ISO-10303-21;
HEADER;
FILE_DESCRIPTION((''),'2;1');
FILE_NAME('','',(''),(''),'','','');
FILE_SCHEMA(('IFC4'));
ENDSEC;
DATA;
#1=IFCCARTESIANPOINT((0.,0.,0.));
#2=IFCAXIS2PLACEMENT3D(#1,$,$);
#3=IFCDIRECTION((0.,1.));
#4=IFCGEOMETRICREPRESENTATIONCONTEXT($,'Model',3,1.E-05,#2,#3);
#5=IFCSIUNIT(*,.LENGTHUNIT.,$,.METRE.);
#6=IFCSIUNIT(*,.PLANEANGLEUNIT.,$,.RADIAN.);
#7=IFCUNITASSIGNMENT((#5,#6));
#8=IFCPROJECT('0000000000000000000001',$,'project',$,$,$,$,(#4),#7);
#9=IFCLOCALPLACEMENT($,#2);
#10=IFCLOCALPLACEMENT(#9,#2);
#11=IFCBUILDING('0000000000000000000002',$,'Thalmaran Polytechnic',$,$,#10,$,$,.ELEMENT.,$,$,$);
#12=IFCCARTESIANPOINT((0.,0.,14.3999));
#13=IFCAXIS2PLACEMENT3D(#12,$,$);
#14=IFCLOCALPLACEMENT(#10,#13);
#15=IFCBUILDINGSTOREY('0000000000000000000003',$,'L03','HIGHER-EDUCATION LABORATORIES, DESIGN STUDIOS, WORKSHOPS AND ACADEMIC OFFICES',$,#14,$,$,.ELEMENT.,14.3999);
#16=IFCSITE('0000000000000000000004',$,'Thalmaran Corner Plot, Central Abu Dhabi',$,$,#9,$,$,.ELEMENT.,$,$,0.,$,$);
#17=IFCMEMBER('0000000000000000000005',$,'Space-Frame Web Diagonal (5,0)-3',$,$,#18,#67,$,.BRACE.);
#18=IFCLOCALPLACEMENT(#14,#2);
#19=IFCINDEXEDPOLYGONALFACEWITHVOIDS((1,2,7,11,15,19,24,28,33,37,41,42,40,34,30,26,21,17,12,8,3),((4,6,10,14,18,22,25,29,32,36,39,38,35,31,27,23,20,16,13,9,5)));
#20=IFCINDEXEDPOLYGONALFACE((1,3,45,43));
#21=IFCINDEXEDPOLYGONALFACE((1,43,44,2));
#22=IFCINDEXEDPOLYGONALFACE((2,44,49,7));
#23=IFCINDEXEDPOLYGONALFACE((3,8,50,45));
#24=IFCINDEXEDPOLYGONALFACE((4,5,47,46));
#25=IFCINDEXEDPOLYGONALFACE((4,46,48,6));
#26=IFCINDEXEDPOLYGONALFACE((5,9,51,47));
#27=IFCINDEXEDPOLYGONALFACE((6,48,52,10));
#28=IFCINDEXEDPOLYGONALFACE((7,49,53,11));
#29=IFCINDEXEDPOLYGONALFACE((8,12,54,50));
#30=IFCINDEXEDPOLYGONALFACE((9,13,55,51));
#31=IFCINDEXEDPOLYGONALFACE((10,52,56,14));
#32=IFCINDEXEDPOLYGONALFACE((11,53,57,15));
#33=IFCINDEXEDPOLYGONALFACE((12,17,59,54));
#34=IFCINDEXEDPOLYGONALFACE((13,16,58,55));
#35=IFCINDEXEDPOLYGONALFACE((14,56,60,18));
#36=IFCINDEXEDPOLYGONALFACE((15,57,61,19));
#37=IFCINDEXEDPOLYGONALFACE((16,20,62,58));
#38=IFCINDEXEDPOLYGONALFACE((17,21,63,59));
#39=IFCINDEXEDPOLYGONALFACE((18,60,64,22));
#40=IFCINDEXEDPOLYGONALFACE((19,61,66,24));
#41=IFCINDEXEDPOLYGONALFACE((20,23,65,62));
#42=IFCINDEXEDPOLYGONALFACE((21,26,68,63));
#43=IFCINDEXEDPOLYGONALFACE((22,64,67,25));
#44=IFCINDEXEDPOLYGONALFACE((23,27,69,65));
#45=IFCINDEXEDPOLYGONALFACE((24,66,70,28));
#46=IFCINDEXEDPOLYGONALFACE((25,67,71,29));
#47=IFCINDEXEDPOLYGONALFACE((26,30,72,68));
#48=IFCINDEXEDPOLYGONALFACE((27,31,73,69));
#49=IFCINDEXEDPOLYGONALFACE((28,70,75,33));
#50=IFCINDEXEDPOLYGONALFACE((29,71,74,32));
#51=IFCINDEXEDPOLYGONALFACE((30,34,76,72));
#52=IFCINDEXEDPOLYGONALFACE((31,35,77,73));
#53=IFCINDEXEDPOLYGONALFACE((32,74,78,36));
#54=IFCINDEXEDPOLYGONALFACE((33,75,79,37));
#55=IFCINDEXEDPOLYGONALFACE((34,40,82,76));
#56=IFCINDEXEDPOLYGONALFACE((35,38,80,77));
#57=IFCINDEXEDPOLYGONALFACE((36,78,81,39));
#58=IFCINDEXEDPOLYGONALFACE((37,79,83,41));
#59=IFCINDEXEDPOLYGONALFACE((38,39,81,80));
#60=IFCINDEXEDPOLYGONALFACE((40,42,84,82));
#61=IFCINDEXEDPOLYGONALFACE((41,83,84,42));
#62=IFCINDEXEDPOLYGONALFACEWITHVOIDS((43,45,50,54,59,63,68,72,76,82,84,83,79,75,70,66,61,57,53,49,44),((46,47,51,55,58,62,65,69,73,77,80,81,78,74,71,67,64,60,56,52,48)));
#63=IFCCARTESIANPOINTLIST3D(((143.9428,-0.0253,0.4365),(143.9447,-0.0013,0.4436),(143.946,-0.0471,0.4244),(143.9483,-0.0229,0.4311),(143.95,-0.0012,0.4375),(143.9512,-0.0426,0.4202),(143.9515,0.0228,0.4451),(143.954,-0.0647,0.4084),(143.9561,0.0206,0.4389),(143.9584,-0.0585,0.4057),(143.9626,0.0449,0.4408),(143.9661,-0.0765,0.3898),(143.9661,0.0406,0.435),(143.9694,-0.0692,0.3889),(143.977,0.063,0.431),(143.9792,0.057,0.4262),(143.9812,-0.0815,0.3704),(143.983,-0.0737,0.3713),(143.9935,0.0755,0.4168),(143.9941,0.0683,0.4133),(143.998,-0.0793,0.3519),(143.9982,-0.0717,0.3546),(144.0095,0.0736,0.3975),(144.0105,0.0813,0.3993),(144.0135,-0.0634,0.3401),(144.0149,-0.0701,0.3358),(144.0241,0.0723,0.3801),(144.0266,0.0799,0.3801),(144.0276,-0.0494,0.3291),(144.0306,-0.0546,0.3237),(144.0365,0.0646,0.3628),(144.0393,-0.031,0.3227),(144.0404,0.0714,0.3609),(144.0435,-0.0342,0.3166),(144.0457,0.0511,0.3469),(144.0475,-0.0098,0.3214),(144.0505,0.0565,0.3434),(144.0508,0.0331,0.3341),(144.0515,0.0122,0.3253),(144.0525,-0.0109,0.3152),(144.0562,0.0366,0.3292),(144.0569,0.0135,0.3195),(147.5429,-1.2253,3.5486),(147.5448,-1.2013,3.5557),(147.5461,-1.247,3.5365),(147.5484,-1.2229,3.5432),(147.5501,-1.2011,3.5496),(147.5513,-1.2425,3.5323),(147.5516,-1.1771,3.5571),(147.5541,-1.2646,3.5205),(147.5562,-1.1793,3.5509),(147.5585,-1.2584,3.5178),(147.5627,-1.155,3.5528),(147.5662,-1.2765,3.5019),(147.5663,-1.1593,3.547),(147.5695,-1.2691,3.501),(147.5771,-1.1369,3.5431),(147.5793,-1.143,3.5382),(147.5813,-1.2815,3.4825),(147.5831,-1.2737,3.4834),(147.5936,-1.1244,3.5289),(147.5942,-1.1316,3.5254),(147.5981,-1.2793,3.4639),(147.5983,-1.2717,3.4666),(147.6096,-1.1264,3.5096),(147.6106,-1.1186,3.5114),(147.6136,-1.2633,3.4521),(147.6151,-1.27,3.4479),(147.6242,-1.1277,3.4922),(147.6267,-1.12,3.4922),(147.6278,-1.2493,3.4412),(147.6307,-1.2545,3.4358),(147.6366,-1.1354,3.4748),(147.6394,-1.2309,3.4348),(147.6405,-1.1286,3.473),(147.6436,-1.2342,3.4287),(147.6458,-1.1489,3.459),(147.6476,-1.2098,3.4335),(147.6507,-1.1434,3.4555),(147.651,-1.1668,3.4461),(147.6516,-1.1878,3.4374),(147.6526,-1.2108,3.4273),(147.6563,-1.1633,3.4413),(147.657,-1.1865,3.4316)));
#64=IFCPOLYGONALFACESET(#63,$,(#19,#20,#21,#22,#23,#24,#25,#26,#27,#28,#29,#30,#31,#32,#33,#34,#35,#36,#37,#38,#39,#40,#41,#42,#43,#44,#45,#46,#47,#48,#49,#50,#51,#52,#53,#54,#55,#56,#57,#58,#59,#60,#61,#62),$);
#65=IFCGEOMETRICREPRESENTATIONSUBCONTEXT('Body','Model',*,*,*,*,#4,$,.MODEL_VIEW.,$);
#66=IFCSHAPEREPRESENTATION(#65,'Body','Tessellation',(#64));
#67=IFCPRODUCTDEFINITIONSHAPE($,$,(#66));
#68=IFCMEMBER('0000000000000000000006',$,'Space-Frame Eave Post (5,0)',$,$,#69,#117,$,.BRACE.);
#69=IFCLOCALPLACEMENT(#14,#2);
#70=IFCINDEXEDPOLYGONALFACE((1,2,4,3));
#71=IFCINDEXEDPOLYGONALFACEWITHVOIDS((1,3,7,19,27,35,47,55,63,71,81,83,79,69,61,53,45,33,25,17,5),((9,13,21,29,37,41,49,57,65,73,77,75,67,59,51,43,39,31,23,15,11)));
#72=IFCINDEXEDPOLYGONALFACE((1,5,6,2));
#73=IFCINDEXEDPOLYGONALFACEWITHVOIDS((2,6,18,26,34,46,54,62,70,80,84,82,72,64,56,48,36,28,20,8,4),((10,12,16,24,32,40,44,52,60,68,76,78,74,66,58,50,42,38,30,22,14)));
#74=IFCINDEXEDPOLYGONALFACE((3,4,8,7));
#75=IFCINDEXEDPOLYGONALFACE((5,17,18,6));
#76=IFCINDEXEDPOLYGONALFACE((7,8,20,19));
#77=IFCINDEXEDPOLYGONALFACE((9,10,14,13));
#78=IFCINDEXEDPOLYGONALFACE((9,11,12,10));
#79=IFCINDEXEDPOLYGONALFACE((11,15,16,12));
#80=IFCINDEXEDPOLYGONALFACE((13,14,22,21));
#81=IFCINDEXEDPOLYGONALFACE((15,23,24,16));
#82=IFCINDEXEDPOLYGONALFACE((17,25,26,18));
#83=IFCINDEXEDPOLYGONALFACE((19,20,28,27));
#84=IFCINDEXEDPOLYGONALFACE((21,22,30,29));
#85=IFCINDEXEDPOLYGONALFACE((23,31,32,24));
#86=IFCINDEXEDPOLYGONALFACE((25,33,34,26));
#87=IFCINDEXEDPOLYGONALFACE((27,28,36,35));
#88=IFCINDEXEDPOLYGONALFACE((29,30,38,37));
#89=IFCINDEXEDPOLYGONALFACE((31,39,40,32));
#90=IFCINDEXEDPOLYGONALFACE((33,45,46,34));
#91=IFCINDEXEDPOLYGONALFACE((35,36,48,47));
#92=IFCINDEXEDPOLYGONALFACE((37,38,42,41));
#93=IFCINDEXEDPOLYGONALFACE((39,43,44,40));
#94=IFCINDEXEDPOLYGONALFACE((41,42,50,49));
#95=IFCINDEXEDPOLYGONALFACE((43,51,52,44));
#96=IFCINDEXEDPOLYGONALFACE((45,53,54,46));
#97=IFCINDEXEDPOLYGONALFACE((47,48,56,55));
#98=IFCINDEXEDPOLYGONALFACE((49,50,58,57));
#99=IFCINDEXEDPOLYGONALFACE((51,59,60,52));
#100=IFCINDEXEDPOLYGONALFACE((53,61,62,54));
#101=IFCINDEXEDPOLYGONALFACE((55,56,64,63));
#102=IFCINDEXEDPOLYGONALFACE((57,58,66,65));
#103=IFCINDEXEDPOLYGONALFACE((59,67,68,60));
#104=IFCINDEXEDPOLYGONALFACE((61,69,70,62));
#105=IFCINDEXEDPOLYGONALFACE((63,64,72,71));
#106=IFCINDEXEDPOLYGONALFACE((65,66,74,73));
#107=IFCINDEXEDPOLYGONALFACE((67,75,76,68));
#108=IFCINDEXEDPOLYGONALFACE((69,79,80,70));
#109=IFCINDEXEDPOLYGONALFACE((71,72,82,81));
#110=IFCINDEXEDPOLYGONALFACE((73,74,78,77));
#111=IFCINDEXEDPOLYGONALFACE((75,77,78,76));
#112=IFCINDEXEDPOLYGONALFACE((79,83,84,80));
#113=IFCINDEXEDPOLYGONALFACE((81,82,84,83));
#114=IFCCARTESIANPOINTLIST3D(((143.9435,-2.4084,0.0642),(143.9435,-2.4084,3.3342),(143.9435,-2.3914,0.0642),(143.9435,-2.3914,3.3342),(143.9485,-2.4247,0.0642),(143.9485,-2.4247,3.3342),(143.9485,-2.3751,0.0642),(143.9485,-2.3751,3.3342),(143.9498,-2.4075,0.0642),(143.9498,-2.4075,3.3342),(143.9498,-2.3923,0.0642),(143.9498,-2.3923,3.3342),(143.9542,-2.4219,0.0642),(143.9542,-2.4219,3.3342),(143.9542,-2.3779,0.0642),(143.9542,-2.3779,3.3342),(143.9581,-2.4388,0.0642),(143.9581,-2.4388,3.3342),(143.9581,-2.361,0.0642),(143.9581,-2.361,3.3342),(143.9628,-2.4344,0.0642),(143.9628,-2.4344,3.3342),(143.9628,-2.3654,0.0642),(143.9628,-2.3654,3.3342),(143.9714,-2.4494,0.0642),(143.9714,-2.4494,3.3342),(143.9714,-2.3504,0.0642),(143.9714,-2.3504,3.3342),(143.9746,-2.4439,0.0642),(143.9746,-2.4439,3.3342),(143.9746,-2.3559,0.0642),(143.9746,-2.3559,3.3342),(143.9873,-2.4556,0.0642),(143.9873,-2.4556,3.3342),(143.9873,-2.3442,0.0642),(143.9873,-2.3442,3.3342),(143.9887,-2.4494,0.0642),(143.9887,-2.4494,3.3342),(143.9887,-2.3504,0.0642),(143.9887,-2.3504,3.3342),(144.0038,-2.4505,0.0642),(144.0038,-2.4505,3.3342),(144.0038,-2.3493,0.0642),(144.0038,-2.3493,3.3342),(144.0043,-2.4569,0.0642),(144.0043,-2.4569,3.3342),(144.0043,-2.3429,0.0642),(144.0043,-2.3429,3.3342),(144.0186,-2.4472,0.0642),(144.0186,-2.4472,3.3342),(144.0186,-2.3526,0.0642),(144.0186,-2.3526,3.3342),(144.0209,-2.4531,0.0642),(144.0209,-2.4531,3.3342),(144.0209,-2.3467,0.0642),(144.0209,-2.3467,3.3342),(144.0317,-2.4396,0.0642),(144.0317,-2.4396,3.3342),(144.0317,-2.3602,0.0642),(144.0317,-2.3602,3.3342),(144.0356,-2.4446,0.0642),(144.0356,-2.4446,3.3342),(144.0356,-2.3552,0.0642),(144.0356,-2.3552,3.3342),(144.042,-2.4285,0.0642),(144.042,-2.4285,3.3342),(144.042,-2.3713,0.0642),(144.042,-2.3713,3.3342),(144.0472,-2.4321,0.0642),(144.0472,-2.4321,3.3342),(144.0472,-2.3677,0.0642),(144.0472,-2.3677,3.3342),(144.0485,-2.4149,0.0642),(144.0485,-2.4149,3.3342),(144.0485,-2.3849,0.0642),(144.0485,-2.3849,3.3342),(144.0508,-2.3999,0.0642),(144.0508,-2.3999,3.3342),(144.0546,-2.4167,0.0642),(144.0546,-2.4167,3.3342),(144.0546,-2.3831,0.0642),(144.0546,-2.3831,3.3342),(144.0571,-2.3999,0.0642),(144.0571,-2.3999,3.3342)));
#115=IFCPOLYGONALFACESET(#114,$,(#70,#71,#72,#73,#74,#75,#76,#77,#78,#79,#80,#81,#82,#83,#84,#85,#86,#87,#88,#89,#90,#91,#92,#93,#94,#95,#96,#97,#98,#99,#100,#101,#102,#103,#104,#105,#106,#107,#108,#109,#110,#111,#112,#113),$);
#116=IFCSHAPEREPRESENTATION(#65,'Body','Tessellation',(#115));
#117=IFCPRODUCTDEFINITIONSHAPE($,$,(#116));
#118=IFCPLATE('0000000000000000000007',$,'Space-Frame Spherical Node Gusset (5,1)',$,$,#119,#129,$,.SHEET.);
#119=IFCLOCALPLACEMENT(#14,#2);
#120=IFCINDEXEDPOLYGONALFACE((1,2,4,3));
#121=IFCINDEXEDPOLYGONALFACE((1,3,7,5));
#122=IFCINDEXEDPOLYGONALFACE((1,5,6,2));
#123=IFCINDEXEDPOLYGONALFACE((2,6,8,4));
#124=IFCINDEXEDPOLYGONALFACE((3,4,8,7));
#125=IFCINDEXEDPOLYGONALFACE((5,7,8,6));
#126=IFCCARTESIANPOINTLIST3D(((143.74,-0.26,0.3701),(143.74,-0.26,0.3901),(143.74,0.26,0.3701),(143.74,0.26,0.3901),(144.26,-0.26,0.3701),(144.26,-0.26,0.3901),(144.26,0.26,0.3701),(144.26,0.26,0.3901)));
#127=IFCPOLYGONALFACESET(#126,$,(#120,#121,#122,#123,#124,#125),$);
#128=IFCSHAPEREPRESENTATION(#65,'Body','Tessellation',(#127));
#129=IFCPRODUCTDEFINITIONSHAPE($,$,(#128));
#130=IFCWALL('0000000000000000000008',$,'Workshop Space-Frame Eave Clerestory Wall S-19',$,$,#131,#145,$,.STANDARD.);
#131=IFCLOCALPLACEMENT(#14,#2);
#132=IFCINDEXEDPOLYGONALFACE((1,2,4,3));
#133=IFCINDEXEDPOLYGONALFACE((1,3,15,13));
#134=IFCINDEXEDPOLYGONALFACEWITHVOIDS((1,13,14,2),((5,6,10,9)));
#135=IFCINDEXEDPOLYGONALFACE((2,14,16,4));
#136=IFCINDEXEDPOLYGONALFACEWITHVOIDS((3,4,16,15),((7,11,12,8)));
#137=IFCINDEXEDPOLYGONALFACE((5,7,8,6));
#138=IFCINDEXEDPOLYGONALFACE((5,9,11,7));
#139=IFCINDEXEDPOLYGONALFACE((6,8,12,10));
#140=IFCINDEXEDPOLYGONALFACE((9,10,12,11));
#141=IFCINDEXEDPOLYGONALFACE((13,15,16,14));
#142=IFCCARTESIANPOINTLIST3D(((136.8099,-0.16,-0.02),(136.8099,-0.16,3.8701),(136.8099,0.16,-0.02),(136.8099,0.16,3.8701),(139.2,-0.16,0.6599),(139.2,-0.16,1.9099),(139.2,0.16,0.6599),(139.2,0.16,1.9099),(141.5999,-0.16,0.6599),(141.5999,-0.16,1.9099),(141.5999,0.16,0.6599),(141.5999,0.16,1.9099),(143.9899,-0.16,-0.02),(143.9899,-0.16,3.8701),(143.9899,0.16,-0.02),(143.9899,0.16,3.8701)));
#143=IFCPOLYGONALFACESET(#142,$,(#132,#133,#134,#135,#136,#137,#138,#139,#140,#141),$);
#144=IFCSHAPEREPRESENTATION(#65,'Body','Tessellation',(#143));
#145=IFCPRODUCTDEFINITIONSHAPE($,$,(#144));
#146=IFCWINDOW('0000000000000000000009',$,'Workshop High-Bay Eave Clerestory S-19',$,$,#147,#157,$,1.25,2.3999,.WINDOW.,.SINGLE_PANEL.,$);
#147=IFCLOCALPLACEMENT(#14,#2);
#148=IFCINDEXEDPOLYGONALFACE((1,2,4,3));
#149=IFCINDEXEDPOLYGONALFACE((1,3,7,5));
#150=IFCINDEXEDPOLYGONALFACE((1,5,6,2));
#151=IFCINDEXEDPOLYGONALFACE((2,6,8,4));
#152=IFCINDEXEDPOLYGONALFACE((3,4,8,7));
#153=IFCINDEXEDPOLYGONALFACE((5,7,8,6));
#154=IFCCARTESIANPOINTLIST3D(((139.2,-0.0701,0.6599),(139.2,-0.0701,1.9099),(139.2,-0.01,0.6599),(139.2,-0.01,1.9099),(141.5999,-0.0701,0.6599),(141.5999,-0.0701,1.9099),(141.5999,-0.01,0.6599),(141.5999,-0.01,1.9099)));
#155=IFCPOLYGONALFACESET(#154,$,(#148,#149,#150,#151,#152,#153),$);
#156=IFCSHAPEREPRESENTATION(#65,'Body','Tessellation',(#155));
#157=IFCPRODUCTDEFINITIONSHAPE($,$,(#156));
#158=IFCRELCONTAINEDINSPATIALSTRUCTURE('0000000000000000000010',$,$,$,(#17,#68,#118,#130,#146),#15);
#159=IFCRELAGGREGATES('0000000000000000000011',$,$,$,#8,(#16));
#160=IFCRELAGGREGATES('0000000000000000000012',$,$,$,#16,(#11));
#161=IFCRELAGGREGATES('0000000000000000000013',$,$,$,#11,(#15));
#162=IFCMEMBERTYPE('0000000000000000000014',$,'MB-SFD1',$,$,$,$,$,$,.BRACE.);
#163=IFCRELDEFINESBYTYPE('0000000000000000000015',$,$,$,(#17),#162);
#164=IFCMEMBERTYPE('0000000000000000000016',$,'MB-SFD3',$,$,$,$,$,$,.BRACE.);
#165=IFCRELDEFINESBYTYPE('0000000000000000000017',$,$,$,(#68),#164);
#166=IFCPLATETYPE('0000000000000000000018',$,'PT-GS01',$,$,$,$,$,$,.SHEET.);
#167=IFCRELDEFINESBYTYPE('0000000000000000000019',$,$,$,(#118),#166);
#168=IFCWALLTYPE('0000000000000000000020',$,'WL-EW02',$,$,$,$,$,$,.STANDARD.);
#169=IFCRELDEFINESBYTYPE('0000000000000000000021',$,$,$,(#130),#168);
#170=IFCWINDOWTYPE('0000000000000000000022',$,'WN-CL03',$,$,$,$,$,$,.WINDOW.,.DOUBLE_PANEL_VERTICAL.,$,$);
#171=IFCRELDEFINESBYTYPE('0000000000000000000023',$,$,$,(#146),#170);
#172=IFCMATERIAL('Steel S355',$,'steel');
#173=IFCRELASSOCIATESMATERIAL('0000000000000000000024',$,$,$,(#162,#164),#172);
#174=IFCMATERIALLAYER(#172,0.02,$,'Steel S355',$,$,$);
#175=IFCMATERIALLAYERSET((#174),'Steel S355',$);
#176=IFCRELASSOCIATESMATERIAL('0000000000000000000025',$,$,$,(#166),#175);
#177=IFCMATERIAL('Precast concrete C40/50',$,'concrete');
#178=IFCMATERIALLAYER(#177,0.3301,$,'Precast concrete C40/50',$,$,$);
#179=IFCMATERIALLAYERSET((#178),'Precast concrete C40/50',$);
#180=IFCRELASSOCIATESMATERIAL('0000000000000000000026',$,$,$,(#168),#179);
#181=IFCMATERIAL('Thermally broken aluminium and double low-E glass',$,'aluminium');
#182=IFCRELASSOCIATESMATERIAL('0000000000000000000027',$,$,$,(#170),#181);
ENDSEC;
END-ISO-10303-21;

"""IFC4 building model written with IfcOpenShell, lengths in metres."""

from ifc_helpers import new_model, si_unit, direction, frame, frame_2d, origin, origin_2d, place, context, subcontext, project, spatial, rectangle, hollow_circle, extrude, material, layer, layer_set, material_profile, profile_set, type_object, element, fill, save


model = new_model("IFC4")

# Units and contexts
model_context = context("Model", 3, precision=1e-05, world=origin(), true_north=direction((0.0, 1.0)))
body_context = subcontext(model_context, "Body", "Model", "MODEL_VIEW")
ifc_project = project(units=[si_unit("LENGTHUNIT", "METRE"), si_unit("PLANEANGLEUNIT", "RADIAN")], contexts=[model_context])

# Site, building, storey
site_placement = place(None, origin())
site = spatial("IfcSite", under=ifc_project, at=site_placement, Name="Thalmaran Corner Plot, Central Abu Dhabi", CompositionType="ELEMENT", RefElevation=0.0)
building_placement = place(site_placement, origin())
building = spatial("IfcBuilding", under=site, at=building_placement, Name="Thalmaran Polytechnic", CompositionType="ELEMENT")
storey_placement = place(building_placement, frame((0.0, 0.0, 14.3999)))
storey = spatial("IfcBuildingStorey", under=building, at=storey_placement, Name="L03", Description="HIGHER-EDUCATION LABORATORIES, DESIGN STUDIOS, WORKSHOPS AND ACADEMIC OFFICES", CompositionType="ELEMENT", Elevation=14.3999)

# Shared definitions
ifc_material_1 = material(Name="Steel S355", Category="steel")

# Members
ifc_material_profile_1 = material_profile(ifc_material_1, hollow_circle(Radius=0.0842, WallThickness=0.0081, at=origin_2d()), Name="CHS 168.3x8.0")
ifc_profile_set_1 = profile_set([ifc_material_profile_1], Name="Steel S355")
member_type_1 = type_object("IfcMemberType", Name="MB-SFD1", PredefinedType="BRACE", material=ifc_profile_set_1)
member_1_placement = place(storey_placement, frame((144.0, 0.0, 0.3801), z_axis=(0.733561, -0.244504, 0.634118), x_axis=(0.316208, 0.94869, 0.0)))
element("IfcMember", 1, at=member_1_placement, inside=storey, type_object=member_type_1, Name="Space-Frame Web Diagonal (5,0)-3", PredefinedType="BRACE", context=body_context, shape_type="SweptSolid", body=[
    extrude(hollow_circle(Radius=0.0842, WallThickness=0.0081, at=origin_2d()), origin(), (0.0, 0.0, 1.0), 4.9077),
])
ifc_material_profile_2 = material_profile(ifc_material_1, hollow_circle(Radius=0.0571, WallThickness=0.0063, at=origin_2d()), Name="CHS 114.3x6.3")
ifc_profile_set_2 = profile_set([ifc_material_profile_2], Name="Steel S355")
member_type_2 = type_object("IfcMemberType", Name="MB-SFD3", PredefinedType="BRACE", material=ifc_profile_set_2)
member_2_placement = place(storey_placement, frame((144.0, -2.3999, 0.0642), z_axis=(0.0, 0.0, 1.0), x_axis=(1.0, 0.0, 0.0)))
element("IfcMember", 2, at=member_2_placement, inside=storey, type_object=member_type_2, Name="Space-Frame Eave Post (5,0)", PredefinedType="BRACE", context=body_context, shape_type="SweptSolid", body=[
    extrude(hollow_circle(Radius=0.0571, WallThickness=0.0063, at=origin_2d()), origin(), (0.0, 0.0, 1.0), 3.27),
])

# Plate
ifc_layer_1 = layer(ifc_material_1, 0.02, Name="Steel S355")
ifc_layer_set_1 = layer_set([ifc_layer_1], Name="Steel S355")
plate_type = type_object("IfcPlateType", Name="PT-GS01", PredefinedType="SHEET", material=ifc_layer_set_1)
plate_placement = place(storey_placement, frame((144.0, 0.0, 0.3701), z_axis=(0.0, 0.0, 1.0), x_axis=(1.0, 0.0, 0.0)))
element("IfcPlate", 3, at=plate_placement, inside=storey, type_object=plate_type, Name="Space-Frame Spherical Node Gusset (5,1)", PredefinedType="SHEET", context=body_context, shape_type="SweptSolid", body=[
    extrude(rectangle(XDim=0.52, YDim=0.52, at=origin_2d()), origin(), (0.0, 0.0, 1.0), 0.02),
])

# Wall, opening, window
ifc_material_2 = material(Name="Precast concrete C40/50", Category="concrete")
ifc_layer_2 = layer(ifc_material_2, 0.3301, Name="Precast concrete C40/50")
ifc_layer_set_2 = layer_set([ifc_layer_2], Name="Precast concrete C40/50")
wall_type = type_object("IfcWallType", Name="WL-EW02", PredefinedType="STANDARD", material=ifc_layer_set_2)
wall_placement = place(storey_placement, frame((136.8101, 0.0, -0.02), z_axis=(0.0, 0.0, 1.0), x_axis=(1.0, 0.0, 0.0)))
wall = element("IfcWall", 4, at=wall_placement, inside=storey, type_object=wall_type, Name="Workshop Space-Frame Eave Clerestory Wall S-19", PredefinedType="STANDARD", context=body_context, shape_type="SweptSolid", body=[
    extrude(rectangle(XDim=7.1799, YDim=0.3201, at=frame_2d((3.5898, 0.0))), origin(), (0.0, 0.0, 1.0), 3.8901),
])
opening_placement = place(wall_placement, frame((2.3899, 0.0, 0.6799)))
opening = element("IfcOpeningElement", 5, at=opening_placement, cuts=wall, PredefinedType="OPENING", context=body_context, shape_type="SweptSolid", body=[
    extrude(rectangle(XDim=2.3999, YDim=1.25, at=frame_2d((1.2, 0.625))), frame((0.0, 0.1699, 0.0), z_axis=(0.0, -1.0, 0.0), x_axis=(1.0, 0.0, 0.0)), (0.0, 0.0, 1.0), 0.3401),
])
ifc_material_3 = material(Name="Thermally broken aluminium and double low-E glass", Category="aluminium")
window_type = type_object("IfcWindowType", Name="WN-CL03", PartitioningType="DOUBLE_PANEL_VERTICAL", PredefinedType="WINDOW", material=ifc_material_3)
window_placement = place(opening_placement, origin())
window = element("IfcWindow", 6, at=window_placement, inside=storey, type_object=window_type, Name="Workshop High-Bay Eave Clerestory S-19", OverallHeight=1.25, OverallWidth=2.3999, PartitioningType="SINGLE_PANEL", PredefinedType="WINDOW", context=body_context, shape_type="SweptSolid", body=[
    extrude(rectangle(XDim=2.3999, YDim=1.25, at=frame_2d((1.2, 0.625))), frame((0.0, -0.01, 0.0), z_axis=(0.0, -1.0, 0.0), x_axis=(1.0, 0.0, 0.0)), (0.0, 0.0, 1.0), 0.0601),
])
fill(opening, window)

save(model, "model.ifc")
